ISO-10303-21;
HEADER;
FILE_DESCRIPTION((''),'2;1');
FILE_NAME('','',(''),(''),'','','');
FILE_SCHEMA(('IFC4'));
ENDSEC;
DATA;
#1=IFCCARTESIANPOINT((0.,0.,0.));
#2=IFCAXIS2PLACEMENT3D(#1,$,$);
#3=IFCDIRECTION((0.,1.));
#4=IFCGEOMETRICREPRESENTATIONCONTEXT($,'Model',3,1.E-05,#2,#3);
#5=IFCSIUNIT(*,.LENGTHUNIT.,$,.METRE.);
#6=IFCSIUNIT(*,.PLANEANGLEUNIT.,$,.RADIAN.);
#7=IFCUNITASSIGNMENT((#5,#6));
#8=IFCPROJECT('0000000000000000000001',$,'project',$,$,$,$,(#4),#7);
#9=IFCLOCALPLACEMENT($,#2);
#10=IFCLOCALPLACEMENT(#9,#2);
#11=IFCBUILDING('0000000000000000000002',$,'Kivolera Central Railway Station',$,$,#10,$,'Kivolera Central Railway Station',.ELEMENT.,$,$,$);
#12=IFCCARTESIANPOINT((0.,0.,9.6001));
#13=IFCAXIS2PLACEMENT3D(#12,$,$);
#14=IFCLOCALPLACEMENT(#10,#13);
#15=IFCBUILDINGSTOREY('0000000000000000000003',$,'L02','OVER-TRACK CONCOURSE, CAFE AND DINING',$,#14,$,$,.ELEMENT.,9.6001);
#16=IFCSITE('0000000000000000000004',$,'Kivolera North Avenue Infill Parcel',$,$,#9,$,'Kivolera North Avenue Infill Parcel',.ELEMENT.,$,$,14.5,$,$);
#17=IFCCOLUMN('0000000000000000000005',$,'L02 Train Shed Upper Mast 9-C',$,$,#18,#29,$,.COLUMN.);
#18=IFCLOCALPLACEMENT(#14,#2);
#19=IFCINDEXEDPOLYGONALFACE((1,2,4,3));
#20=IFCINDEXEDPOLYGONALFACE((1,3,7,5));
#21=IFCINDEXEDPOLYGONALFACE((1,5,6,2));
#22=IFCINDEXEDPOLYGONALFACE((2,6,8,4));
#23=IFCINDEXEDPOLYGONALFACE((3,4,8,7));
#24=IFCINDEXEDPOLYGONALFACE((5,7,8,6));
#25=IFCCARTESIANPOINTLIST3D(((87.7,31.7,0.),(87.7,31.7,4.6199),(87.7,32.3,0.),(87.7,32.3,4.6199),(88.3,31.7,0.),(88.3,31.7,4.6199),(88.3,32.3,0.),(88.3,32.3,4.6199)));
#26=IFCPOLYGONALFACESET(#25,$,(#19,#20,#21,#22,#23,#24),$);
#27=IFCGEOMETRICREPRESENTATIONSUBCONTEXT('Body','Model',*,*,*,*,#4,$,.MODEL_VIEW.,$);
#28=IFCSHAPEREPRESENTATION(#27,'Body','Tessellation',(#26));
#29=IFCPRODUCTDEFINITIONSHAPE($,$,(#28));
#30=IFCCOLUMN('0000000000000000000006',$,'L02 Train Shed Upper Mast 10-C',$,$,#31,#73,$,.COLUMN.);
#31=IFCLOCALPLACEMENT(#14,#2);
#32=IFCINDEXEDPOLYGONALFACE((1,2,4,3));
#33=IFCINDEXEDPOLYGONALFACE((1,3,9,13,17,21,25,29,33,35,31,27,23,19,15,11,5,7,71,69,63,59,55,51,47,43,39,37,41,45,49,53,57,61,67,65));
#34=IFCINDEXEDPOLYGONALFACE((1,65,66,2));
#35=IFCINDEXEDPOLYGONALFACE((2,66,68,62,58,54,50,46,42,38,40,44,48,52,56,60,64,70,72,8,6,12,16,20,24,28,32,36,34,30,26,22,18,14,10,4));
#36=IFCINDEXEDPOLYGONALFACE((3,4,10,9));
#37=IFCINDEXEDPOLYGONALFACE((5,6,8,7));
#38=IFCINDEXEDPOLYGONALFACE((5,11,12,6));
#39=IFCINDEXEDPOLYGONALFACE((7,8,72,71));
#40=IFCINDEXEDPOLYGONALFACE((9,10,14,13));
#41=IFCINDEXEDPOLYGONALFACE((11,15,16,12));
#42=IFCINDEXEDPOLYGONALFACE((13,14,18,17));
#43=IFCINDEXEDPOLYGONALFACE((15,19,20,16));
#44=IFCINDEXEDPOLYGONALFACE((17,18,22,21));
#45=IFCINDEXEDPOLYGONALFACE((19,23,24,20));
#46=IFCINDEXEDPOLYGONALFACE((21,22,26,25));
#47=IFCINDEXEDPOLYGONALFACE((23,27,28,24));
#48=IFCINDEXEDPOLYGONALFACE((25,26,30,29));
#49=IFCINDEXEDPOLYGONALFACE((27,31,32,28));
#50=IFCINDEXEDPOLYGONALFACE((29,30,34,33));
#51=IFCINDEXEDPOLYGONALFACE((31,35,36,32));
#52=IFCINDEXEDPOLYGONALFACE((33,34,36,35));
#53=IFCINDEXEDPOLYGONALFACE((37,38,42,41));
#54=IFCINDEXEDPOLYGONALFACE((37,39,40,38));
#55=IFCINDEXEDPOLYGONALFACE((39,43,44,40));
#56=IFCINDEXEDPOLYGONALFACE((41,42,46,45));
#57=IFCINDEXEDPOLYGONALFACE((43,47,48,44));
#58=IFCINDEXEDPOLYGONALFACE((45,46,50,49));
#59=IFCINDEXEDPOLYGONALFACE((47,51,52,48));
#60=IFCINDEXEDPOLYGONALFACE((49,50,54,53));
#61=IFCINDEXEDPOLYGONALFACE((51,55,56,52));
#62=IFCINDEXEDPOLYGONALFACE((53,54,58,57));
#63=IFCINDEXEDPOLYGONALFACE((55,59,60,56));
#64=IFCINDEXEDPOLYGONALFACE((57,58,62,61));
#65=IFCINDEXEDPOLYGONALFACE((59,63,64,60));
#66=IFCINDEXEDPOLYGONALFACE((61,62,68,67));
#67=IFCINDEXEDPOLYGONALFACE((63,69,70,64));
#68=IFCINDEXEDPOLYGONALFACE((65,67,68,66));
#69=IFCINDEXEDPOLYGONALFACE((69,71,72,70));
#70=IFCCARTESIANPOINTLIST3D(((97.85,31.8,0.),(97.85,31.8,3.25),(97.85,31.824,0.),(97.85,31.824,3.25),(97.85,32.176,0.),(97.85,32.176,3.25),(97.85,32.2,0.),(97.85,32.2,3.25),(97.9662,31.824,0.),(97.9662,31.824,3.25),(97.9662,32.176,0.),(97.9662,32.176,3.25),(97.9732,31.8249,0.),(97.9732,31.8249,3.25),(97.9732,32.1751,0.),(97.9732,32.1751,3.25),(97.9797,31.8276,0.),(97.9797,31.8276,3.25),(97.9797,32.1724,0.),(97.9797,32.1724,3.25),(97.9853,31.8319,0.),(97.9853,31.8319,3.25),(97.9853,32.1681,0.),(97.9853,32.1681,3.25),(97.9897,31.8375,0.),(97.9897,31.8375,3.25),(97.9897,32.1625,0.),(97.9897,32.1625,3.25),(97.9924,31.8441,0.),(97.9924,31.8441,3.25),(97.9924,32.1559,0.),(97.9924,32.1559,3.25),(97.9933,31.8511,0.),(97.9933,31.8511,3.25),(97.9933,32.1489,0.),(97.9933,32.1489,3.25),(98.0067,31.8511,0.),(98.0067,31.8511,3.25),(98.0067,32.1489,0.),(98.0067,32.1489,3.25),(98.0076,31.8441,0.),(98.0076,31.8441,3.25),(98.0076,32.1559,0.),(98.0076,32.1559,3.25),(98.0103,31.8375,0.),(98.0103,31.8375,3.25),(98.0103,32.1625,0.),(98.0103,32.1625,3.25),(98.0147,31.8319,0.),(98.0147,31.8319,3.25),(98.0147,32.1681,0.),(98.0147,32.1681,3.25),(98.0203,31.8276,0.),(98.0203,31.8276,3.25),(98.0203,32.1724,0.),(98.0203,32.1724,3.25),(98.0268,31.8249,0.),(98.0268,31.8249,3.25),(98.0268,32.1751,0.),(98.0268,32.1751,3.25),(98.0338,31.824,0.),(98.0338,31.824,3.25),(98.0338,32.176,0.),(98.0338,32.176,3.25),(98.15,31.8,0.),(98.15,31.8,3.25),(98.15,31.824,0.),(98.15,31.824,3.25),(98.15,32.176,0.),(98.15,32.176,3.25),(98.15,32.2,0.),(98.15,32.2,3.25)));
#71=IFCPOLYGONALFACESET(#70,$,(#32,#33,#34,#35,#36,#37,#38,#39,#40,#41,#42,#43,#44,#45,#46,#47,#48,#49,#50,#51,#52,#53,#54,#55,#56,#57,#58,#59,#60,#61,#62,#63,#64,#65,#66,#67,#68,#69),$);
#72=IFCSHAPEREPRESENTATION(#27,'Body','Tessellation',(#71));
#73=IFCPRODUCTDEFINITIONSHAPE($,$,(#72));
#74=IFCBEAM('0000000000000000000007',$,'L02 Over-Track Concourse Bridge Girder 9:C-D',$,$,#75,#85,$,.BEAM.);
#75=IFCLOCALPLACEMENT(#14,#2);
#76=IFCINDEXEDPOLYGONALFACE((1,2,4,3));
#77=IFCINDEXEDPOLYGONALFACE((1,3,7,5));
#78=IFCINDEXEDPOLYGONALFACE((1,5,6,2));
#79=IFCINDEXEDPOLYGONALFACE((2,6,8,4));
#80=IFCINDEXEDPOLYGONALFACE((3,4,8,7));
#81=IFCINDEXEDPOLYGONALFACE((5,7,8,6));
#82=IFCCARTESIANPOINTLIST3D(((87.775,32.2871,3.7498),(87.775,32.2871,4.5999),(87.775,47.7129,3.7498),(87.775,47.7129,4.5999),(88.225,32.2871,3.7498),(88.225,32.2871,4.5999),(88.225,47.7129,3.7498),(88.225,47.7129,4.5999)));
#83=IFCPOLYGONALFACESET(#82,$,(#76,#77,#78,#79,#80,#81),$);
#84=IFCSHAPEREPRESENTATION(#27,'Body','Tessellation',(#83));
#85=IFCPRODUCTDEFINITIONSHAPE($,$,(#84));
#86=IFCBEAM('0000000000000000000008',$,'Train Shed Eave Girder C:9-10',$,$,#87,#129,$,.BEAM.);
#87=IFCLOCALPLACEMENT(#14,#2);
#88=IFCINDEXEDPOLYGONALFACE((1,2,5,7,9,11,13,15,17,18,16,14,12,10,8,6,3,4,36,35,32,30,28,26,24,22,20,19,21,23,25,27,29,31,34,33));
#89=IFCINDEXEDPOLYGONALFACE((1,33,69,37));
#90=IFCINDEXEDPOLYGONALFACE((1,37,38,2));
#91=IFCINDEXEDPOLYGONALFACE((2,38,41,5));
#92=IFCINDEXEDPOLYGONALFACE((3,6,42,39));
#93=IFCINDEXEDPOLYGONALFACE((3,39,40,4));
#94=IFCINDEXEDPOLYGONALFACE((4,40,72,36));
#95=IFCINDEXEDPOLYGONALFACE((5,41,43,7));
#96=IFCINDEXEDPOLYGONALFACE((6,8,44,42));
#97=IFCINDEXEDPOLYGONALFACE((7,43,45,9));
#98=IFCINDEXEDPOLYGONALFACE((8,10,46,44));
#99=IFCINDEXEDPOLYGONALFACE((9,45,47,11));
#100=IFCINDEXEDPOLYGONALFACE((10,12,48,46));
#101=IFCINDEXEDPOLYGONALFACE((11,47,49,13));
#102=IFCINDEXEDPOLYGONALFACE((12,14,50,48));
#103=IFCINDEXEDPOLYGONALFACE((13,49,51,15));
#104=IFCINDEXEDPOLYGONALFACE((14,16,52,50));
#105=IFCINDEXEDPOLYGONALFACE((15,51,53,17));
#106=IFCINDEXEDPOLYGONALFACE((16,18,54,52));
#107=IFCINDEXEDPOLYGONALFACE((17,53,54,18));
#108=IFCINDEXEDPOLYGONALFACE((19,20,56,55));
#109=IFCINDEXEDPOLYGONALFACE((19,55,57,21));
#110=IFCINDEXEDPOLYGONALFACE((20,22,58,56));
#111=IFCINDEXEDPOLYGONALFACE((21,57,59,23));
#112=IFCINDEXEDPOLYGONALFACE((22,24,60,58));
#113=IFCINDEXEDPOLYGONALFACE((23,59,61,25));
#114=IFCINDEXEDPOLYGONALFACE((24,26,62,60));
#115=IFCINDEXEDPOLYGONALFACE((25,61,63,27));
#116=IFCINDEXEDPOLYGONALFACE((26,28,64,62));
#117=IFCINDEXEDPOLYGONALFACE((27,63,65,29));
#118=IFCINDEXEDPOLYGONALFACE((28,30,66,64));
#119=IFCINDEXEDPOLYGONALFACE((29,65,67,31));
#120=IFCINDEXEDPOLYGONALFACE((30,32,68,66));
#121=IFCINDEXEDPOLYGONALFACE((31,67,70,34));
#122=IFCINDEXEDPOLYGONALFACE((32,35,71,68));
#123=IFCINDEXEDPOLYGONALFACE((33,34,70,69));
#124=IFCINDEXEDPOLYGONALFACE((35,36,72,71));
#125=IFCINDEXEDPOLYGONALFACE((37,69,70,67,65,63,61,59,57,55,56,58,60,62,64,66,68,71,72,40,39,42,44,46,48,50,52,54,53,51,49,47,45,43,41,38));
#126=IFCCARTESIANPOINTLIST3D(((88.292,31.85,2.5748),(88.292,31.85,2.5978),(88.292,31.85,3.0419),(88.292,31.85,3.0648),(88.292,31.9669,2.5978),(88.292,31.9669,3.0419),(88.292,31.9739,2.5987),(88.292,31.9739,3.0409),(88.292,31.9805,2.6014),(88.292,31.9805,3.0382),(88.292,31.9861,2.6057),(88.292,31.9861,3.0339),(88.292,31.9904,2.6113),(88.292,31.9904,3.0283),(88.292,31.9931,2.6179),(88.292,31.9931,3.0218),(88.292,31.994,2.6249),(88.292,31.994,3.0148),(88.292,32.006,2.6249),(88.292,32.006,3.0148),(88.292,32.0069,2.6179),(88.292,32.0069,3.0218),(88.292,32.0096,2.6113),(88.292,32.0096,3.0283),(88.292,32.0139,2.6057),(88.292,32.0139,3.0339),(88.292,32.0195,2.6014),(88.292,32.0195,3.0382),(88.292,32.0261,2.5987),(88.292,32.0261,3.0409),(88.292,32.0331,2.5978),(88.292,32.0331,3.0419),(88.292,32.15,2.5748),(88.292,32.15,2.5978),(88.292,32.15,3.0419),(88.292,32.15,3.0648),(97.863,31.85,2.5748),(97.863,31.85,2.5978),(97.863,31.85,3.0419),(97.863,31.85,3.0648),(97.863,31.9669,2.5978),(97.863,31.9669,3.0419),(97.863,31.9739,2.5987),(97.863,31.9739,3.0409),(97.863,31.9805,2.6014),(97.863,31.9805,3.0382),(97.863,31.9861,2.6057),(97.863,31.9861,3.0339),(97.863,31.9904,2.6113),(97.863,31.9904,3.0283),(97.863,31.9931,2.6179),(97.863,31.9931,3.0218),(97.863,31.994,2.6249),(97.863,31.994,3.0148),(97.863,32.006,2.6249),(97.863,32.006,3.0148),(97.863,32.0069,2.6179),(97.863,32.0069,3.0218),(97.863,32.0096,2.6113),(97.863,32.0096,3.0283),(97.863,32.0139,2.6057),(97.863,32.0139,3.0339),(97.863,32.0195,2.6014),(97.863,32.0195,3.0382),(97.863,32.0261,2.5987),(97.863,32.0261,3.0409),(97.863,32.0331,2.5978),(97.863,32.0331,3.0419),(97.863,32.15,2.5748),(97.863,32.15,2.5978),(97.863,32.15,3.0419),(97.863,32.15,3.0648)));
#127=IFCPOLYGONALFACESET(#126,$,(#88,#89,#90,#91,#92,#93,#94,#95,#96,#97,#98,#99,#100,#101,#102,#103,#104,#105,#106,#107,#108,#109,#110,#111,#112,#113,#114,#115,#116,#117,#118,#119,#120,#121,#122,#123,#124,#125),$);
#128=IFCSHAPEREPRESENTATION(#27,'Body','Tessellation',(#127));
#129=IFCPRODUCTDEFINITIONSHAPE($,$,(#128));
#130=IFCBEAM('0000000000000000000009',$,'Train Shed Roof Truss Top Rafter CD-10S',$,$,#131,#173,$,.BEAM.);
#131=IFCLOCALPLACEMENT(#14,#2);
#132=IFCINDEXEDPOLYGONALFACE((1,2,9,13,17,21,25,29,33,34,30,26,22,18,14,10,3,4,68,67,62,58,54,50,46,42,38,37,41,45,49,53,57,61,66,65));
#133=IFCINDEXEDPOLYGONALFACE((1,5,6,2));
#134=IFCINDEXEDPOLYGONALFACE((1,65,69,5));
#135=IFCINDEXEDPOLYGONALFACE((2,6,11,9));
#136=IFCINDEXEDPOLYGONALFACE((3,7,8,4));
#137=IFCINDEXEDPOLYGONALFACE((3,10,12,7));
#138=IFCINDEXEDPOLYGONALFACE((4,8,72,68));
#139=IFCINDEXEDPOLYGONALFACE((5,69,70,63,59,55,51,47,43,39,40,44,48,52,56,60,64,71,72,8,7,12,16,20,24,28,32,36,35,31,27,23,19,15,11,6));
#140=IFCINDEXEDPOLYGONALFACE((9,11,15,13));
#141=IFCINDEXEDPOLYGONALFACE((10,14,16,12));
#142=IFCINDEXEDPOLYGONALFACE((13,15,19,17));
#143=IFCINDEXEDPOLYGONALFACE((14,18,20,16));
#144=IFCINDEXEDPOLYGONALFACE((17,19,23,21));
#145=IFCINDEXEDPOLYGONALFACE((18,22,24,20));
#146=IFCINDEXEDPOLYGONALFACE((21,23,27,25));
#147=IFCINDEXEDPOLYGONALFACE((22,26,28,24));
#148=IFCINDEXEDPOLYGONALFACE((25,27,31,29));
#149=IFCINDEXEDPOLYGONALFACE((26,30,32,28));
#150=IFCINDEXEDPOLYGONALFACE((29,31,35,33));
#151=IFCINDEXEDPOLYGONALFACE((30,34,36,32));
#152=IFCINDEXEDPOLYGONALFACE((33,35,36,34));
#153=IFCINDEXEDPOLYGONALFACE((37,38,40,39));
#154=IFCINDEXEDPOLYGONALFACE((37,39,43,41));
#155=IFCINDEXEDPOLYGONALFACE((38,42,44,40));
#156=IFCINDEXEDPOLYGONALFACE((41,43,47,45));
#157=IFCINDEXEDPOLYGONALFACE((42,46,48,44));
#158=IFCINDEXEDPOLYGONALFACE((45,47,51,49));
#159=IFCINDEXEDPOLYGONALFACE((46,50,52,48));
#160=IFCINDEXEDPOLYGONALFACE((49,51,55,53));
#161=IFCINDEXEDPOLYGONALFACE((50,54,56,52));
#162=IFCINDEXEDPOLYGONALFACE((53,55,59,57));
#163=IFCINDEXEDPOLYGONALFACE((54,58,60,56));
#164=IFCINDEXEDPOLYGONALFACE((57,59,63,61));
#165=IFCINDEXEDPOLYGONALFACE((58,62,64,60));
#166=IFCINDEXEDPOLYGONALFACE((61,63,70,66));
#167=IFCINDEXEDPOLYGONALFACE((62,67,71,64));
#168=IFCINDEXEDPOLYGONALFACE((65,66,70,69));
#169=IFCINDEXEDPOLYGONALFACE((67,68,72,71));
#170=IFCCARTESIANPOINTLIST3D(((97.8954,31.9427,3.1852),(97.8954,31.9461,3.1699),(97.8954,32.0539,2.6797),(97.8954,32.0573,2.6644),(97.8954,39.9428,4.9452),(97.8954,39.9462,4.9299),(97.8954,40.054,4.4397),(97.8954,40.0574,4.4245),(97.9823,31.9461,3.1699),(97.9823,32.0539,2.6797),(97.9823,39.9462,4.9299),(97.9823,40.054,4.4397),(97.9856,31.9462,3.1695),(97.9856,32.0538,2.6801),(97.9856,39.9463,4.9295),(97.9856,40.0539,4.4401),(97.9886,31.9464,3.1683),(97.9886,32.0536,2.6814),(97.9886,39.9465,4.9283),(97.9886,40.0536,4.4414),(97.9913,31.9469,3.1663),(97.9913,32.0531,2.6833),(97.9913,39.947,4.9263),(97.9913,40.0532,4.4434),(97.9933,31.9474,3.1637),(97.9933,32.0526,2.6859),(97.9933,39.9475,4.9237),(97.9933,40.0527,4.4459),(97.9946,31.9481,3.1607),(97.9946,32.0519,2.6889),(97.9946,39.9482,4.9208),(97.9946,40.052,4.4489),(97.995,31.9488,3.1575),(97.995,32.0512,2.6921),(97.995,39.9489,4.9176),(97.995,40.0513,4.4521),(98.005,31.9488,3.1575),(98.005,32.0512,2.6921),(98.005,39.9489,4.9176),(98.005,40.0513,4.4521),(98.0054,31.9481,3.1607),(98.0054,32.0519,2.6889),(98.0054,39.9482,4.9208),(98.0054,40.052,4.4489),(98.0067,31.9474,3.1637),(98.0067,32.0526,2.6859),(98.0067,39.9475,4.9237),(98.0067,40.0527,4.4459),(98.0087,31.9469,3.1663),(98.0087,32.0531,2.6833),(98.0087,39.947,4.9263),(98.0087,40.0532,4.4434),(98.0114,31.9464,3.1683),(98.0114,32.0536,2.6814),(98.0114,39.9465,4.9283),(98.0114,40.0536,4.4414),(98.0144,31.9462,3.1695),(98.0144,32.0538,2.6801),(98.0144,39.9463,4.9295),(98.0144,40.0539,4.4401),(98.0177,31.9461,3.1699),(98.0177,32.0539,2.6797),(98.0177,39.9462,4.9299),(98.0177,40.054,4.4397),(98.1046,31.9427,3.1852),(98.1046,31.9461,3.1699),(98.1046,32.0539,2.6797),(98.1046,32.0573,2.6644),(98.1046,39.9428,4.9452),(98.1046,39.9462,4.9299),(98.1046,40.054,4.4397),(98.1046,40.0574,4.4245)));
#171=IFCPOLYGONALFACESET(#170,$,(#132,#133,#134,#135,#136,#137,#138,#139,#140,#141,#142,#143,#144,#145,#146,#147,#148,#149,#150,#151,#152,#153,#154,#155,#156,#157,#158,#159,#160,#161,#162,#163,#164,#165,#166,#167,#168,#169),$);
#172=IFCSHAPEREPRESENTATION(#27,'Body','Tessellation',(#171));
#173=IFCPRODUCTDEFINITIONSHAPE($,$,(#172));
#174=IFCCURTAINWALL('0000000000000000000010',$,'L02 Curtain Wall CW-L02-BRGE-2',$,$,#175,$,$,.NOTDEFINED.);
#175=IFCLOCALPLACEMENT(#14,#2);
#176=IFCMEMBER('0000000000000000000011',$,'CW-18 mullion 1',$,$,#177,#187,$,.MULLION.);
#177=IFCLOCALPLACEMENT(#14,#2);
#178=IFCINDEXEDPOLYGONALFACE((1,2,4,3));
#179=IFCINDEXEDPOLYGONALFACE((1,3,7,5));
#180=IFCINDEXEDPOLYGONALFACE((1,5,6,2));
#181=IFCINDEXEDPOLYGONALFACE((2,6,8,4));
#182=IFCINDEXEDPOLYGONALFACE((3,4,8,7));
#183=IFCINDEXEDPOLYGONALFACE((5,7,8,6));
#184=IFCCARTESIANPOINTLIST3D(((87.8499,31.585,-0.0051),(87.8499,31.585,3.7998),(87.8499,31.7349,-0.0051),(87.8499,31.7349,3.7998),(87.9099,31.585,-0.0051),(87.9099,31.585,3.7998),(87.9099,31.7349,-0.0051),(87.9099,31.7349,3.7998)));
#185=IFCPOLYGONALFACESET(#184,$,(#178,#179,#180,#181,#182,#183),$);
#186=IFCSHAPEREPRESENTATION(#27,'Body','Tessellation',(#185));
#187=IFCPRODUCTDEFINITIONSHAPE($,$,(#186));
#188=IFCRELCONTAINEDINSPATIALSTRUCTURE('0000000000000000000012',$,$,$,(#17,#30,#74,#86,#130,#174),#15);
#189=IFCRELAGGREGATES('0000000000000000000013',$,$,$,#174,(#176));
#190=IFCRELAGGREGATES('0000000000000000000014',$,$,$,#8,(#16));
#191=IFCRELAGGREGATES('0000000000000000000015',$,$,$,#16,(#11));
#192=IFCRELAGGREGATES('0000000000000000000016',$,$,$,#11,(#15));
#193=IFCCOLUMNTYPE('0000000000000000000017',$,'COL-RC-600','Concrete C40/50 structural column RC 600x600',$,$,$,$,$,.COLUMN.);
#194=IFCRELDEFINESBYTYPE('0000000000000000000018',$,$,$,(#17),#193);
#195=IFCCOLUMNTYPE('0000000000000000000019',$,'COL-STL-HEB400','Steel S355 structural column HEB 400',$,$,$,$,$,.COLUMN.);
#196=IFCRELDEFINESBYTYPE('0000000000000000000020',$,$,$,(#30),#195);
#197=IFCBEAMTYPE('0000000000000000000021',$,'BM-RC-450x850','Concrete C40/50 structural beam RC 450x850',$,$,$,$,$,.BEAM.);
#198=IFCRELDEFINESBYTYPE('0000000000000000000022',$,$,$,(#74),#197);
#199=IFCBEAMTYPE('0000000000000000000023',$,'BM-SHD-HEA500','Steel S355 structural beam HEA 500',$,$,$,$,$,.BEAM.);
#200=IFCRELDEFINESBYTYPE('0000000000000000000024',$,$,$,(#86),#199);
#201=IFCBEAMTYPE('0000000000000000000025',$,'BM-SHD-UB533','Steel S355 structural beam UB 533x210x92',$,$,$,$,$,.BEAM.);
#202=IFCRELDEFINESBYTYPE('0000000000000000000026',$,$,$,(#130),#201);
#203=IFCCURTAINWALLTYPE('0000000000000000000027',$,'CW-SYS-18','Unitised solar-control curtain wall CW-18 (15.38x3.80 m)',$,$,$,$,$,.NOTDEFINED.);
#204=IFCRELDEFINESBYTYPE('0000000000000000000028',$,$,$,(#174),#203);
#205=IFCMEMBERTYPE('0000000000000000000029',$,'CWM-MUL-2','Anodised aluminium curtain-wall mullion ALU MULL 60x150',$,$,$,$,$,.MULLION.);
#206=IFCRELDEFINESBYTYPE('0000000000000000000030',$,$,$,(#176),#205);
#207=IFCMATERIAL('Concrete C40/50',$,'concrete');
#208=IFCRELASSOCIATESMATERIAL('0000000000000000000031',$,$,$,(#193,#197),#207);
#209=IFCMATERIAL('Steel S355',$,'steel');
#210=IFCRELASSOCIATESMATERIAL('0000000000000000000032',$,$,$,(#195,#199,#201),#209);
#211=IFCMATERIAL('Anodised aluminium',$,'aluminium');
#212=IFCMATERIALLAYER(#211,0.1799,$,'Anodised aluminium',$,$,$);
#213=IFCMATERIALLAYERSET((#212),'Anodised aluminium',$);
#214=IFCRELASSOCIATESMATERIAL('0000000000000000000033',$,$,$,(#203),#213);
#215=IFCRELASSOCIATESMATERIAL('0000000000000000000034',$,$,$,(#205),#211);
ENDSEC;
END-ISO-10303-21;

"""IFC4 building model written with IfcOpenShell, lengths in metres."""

from ifc_helpers import new_model, si_unit, direction, frame, origin, origin_2d, place, context, subcontext, project, spatial, rectangle, i_section, extrude, material, layer, layer_set, material_profile, profile_set, type_object, element, aggregate, save


model = new_model("IFC4")

# Units and contexts
model_context = context("Model", 3, precision=1e-05, world=origin(), true_north=direction((0.0, 1.0)))
body_context = subcontext(model_context, "Body", "Model", "MODEL_VIEW")
ifc_project = project(units=[si_unit("LENGTHUNIT", "METRE"), si_unit("PLANEANGLEUNIT", "RADIAN")], contexts=[model_context])

# Site, building, storey
site_placement = place(None, origin())
site = spatial("IfcSite", under=ifc_project, at=site_placement, Name="Kivolera North Avenue Infill Parcel", LongName="Kivolera North Avenue Infill Parcel", CompositionType="ELEMENT", RefElevation=14.5)
building_placement = place(site_placement, origin())
building = spatial("IfcBuilding", under=site, at=building_placement, Name="Kivolera Central Railway Station", LongName="Kivolera Central Railway Station", CompositionType="ELEMENT")
storey_placement = place(building_placement, frame((0.0, 0.0, 9.6001)))
storey = spatial("IfcBuildingStorey", under=building, at=storey_placement, Name="L02", Description="OVER-TRACK CONCOURSE, CAFE AND DINING", CompositionType="ELEMENT", Elevation=9.6001)

# Columns
ifc_material_1 = material(Name="Concrete C40/50", Category="concrete")
ifc_material_profile_1 = material_profile(ifc_material_1, rectangle(XDim=0.6001, YDim=0.6001, at=origin_2d()), Name="RC 600x600")
ifc_profile_set_1 = profile_set([ifc_material_profile_1], Name="Concrete C40/50")
column_type_1 = type_object("IfcColumnType", Name="COL-RC-600", Description="Concrete C40/50 structural column RC 600x600", PredefinedType="COLUMN", material=ifc_profile_set_1)
column_1_placement = place(storey_placement, frame((88.0, 32.0, 0.0), z_axis=(0.0, 0.0, 1.0), x_axis=(1.0, 0.0, 0.0)))
element("IfcColumn", 1, at=column_1_placement, inside=storey, type_object=column_type_1, Name="L02 Train Shed Upper Mast 9-C", PredefinedType="COLUMN", context=body_context, shape_type="SweptSolid", body=[
    extrude(rectangle(XDim=0.6001, YDim=0.6001, at=origin_2d()), origin(), (0.0, 0.0, 1.0), 4.6199),
])
ifc_material_2 = material(Name="Steel S355", Category="steel")
ifc_material_profile_2 = material_profile(ifc_material_2, i_section(OverallWidth=0.3, OverallDepth=0.3999, WebThickness=0.0134, FlangeThickness=0.0239, FilletRadius=0.0271, at=origin_2d()), Name="HEB 400")
ifc_profile_set_2 = profile_set([ifc_material_profile_2], Name="Steel S355")
column_type_2 = type_object("IfcColumnType", Name="COL-STL-HEB400", Description="Steel S355 structural column HEB 400", PredefinedType="COLUMN", material=ifc_profile_set_2)
column_2_placement = place(storey_placement, frame((98.0, 32.0, 0.0), z_axis=(0.0, 0.0, 1.0), x_axis=(1.0, 0.0, 0.0)))
element("IfcColumn", 2, at=column_2_placement, inside=storey, type_object=column_type_2, Name="L02 Train Shed Upper Mast 10-C", PredefinedType="COLUMN", context=body_context, shape_type="SweptSolid", body=[
    extrude(i_section(OverallWidth=0.3, OverallDepth=0.3999, WebThickness=0.0134, FlangeThickness=0.0239, FilletRadius=0.0271, at=origin_2d()), origin(), (0.0, 0.0, 1.0), 3.25),
])

# Beams
ifc_material_profile_3 = material_profile(ifc_material_1, rectangle(XDim=0.45, YDim=0.8501, at=origin_2d()), Name="RC 450x850")
ifc_profile_set_3 = profile_set([ifc_material_profile_3], Name="Concrete C40/50")
beam_type_1 = type_object("IfcBeamType", Name="BM-RC-450x850", Description="Concrete C40/50 structural beam RC 450x850", PredefinedType="BEAM", material=ifc_profile_set_3)
beam_1_placement = place(storey_placement, frame((88.0, 32.2871, 4.1748), z_axis=(0.0, 1.0, 0.0), x_axis=(-1.0, 0.0, 0.0)))
element("IfcBeam", 3, at=beam_1_placement, inside=storey, type_object=beam_type_1, Name="L02 Over-Track Concourse Bridge Girder 9:C-D", PredefinedType="BEAM", context=body_context, shape_type="SweptSolid", body=[
    extrude(rectangle(XDim=0.45, YDim=0.8501, at=origin_2d()), origin(), (0.0, 0.0, 1.0), 15.4258),
])
ifc_material_profile_4 = material_profile(ifc_material_2, i_section(OverallWidth=0.3, OverallDepth=0.49, WebThickness=0.012, FlangeThickness=0.0229, FilletRadius=0.0271, at=origin_2d()), Name="HEA 500")
ifc_profile_set_4 = profile_set([ifc_material_profile_4], Name="Steel S355")
beam_type_2 = type_object("IfcBeamType", Name="BM-SHD-HEA500", Description="Steel S355 structural beam HEA 500", PredefinedType="BEAM", material=ifc_profile_set_4)
beam_2_placement = place(storey_placement, frame((88.292, 32.0, 2.8198), z_axis=(1.0, 0.0, 0.0), x_axis=(0.0, 1.0, 0.0)))
element("IfcBeam", 4, at=beam_2_placement, inside=storey, type_object=beam_type_2, Name="Train Shed Eave Girder C:9-10", PredefinedType="BEAM", context=body_context, shape_type="SweptSolid", body=[
    extrude(i_section(OverallWidth=0.3, OverallDepth=0.49, WebThickness=0.012, FlangeThickness=0.0229, FilletRadius=0.0271, at=origin_2d()), origin(), (0.0, 0.0, 1.0), 9.571),
])
ifc_material_profile_5 = material_profile(ifc_material_2, i_section(OverallWidth=0.2092, OverallDepth=0.5332, WebThickness=0.01, FlangeThickness=0.0156, FilletRadius=0.0127, at=origin_2d()), Name="UB 533x210x92")
ifc_profile_set_5 = profile_set([ifc_material_profile_5], Name="Steel S355")
beam_type_3 = type_object("IfcBeamType", Name="BM-SHD-UB533", Description="Steel S355 structural beam UB 533x210x92", PredefinedType="BEAM", material=ifc_profile_set_5)
beam_3_placement = place(storey_placement, frame((98.0, 32.0, 2.9248), z_axis=(0.0, 0.976644, 0.214863), x_axis=(-1.0, 0.0, 0.0)))
element("IfcBeam", 5, at=beam_3_placement, inside=storey, type_object=beam_type_3, Name="Train Shed Roof Truss Top Rafter CD-10S", PredefinedType="BEAM", context=body_context, shape_type="SweptSolid", body=[
    extrude(i_section(OverallWidth=0.2092, OverallDepth=0.5332, WebThickness=0.01, FlangeThickness=0.0156, FilletRadius=0.0127, at=origin_2d()), origin(), (0.0, 0.0, 1.0), 8.1914),
])

# Curtain wall, member
ifc_material_3 = material(Name="Anodised aluminium", Category="aluminium")
ifc_layer_1 = layer(ifc_material_3, 0.1799, Name="Anodised aluminium")
ifc_layer_set_1 = layer_set([ifc_layer_1], Name="Anodised aluminium")
curtain_wall_type = type_object("IfcCurtainWallType", Name="CW-SYS-18", Description="Unitised solar-control curtain wall CW-18 (15.38x3.80 m)", PredefinedType="NOTDEFINED", material=ifc_layer_set_1)
curtain_wall_1_placement = place(storey_placement, origin())
curtain_wall_1 = element("IfcCurtainWall", 6, at=curtain_wall_1_placement, inside=storey, type_object=curtain_wall_type, Name="L02 Curtain Wall CW-L02-BRGE-2", PredefinedType="NOTDEFINED")
ifc_material_profile_6 = material_profile(ifc_material_3, rectangle(XDim=0.0601, YDim=0.1499, at=origin_2d()), Name="ALU MULL 60x150")
ifc_profile_set_6 = profile_set([ifc_material_profile_6], Name="Anodised aluminium")
member_type_1 = type_object("IfcMemberType", Name="CWM-MUL-2", Description="Anodised aluminium curtain-wall mullion ALU MULL 60x150", PredefinedType="MULLION", material=ifc_profile_set_6)
member_1_placement = place(storey_placement, frame((87.8799, 31.6599, -0.0051), z_axis=(0.0, 0.0, 1.0), x_axis=(1.0, 0.0, 0.0)))
member_1 = element("IfcMember", 7, at=member_1_placement, type_object=member_type_1, Name="CW-18 mullion 1", PredefinedType="MULLION", context=body_context, shape_type="SweptSolid", body=[
    extrude(rectangle(XDim=0.0601, YDim=0.1499, at=origin_2d()), origin(), (0.0, 0.0, 1.0), 3.8049),
])

aggregate(curtain_wall_1, [member_1])

save(model, "model.ifc")
